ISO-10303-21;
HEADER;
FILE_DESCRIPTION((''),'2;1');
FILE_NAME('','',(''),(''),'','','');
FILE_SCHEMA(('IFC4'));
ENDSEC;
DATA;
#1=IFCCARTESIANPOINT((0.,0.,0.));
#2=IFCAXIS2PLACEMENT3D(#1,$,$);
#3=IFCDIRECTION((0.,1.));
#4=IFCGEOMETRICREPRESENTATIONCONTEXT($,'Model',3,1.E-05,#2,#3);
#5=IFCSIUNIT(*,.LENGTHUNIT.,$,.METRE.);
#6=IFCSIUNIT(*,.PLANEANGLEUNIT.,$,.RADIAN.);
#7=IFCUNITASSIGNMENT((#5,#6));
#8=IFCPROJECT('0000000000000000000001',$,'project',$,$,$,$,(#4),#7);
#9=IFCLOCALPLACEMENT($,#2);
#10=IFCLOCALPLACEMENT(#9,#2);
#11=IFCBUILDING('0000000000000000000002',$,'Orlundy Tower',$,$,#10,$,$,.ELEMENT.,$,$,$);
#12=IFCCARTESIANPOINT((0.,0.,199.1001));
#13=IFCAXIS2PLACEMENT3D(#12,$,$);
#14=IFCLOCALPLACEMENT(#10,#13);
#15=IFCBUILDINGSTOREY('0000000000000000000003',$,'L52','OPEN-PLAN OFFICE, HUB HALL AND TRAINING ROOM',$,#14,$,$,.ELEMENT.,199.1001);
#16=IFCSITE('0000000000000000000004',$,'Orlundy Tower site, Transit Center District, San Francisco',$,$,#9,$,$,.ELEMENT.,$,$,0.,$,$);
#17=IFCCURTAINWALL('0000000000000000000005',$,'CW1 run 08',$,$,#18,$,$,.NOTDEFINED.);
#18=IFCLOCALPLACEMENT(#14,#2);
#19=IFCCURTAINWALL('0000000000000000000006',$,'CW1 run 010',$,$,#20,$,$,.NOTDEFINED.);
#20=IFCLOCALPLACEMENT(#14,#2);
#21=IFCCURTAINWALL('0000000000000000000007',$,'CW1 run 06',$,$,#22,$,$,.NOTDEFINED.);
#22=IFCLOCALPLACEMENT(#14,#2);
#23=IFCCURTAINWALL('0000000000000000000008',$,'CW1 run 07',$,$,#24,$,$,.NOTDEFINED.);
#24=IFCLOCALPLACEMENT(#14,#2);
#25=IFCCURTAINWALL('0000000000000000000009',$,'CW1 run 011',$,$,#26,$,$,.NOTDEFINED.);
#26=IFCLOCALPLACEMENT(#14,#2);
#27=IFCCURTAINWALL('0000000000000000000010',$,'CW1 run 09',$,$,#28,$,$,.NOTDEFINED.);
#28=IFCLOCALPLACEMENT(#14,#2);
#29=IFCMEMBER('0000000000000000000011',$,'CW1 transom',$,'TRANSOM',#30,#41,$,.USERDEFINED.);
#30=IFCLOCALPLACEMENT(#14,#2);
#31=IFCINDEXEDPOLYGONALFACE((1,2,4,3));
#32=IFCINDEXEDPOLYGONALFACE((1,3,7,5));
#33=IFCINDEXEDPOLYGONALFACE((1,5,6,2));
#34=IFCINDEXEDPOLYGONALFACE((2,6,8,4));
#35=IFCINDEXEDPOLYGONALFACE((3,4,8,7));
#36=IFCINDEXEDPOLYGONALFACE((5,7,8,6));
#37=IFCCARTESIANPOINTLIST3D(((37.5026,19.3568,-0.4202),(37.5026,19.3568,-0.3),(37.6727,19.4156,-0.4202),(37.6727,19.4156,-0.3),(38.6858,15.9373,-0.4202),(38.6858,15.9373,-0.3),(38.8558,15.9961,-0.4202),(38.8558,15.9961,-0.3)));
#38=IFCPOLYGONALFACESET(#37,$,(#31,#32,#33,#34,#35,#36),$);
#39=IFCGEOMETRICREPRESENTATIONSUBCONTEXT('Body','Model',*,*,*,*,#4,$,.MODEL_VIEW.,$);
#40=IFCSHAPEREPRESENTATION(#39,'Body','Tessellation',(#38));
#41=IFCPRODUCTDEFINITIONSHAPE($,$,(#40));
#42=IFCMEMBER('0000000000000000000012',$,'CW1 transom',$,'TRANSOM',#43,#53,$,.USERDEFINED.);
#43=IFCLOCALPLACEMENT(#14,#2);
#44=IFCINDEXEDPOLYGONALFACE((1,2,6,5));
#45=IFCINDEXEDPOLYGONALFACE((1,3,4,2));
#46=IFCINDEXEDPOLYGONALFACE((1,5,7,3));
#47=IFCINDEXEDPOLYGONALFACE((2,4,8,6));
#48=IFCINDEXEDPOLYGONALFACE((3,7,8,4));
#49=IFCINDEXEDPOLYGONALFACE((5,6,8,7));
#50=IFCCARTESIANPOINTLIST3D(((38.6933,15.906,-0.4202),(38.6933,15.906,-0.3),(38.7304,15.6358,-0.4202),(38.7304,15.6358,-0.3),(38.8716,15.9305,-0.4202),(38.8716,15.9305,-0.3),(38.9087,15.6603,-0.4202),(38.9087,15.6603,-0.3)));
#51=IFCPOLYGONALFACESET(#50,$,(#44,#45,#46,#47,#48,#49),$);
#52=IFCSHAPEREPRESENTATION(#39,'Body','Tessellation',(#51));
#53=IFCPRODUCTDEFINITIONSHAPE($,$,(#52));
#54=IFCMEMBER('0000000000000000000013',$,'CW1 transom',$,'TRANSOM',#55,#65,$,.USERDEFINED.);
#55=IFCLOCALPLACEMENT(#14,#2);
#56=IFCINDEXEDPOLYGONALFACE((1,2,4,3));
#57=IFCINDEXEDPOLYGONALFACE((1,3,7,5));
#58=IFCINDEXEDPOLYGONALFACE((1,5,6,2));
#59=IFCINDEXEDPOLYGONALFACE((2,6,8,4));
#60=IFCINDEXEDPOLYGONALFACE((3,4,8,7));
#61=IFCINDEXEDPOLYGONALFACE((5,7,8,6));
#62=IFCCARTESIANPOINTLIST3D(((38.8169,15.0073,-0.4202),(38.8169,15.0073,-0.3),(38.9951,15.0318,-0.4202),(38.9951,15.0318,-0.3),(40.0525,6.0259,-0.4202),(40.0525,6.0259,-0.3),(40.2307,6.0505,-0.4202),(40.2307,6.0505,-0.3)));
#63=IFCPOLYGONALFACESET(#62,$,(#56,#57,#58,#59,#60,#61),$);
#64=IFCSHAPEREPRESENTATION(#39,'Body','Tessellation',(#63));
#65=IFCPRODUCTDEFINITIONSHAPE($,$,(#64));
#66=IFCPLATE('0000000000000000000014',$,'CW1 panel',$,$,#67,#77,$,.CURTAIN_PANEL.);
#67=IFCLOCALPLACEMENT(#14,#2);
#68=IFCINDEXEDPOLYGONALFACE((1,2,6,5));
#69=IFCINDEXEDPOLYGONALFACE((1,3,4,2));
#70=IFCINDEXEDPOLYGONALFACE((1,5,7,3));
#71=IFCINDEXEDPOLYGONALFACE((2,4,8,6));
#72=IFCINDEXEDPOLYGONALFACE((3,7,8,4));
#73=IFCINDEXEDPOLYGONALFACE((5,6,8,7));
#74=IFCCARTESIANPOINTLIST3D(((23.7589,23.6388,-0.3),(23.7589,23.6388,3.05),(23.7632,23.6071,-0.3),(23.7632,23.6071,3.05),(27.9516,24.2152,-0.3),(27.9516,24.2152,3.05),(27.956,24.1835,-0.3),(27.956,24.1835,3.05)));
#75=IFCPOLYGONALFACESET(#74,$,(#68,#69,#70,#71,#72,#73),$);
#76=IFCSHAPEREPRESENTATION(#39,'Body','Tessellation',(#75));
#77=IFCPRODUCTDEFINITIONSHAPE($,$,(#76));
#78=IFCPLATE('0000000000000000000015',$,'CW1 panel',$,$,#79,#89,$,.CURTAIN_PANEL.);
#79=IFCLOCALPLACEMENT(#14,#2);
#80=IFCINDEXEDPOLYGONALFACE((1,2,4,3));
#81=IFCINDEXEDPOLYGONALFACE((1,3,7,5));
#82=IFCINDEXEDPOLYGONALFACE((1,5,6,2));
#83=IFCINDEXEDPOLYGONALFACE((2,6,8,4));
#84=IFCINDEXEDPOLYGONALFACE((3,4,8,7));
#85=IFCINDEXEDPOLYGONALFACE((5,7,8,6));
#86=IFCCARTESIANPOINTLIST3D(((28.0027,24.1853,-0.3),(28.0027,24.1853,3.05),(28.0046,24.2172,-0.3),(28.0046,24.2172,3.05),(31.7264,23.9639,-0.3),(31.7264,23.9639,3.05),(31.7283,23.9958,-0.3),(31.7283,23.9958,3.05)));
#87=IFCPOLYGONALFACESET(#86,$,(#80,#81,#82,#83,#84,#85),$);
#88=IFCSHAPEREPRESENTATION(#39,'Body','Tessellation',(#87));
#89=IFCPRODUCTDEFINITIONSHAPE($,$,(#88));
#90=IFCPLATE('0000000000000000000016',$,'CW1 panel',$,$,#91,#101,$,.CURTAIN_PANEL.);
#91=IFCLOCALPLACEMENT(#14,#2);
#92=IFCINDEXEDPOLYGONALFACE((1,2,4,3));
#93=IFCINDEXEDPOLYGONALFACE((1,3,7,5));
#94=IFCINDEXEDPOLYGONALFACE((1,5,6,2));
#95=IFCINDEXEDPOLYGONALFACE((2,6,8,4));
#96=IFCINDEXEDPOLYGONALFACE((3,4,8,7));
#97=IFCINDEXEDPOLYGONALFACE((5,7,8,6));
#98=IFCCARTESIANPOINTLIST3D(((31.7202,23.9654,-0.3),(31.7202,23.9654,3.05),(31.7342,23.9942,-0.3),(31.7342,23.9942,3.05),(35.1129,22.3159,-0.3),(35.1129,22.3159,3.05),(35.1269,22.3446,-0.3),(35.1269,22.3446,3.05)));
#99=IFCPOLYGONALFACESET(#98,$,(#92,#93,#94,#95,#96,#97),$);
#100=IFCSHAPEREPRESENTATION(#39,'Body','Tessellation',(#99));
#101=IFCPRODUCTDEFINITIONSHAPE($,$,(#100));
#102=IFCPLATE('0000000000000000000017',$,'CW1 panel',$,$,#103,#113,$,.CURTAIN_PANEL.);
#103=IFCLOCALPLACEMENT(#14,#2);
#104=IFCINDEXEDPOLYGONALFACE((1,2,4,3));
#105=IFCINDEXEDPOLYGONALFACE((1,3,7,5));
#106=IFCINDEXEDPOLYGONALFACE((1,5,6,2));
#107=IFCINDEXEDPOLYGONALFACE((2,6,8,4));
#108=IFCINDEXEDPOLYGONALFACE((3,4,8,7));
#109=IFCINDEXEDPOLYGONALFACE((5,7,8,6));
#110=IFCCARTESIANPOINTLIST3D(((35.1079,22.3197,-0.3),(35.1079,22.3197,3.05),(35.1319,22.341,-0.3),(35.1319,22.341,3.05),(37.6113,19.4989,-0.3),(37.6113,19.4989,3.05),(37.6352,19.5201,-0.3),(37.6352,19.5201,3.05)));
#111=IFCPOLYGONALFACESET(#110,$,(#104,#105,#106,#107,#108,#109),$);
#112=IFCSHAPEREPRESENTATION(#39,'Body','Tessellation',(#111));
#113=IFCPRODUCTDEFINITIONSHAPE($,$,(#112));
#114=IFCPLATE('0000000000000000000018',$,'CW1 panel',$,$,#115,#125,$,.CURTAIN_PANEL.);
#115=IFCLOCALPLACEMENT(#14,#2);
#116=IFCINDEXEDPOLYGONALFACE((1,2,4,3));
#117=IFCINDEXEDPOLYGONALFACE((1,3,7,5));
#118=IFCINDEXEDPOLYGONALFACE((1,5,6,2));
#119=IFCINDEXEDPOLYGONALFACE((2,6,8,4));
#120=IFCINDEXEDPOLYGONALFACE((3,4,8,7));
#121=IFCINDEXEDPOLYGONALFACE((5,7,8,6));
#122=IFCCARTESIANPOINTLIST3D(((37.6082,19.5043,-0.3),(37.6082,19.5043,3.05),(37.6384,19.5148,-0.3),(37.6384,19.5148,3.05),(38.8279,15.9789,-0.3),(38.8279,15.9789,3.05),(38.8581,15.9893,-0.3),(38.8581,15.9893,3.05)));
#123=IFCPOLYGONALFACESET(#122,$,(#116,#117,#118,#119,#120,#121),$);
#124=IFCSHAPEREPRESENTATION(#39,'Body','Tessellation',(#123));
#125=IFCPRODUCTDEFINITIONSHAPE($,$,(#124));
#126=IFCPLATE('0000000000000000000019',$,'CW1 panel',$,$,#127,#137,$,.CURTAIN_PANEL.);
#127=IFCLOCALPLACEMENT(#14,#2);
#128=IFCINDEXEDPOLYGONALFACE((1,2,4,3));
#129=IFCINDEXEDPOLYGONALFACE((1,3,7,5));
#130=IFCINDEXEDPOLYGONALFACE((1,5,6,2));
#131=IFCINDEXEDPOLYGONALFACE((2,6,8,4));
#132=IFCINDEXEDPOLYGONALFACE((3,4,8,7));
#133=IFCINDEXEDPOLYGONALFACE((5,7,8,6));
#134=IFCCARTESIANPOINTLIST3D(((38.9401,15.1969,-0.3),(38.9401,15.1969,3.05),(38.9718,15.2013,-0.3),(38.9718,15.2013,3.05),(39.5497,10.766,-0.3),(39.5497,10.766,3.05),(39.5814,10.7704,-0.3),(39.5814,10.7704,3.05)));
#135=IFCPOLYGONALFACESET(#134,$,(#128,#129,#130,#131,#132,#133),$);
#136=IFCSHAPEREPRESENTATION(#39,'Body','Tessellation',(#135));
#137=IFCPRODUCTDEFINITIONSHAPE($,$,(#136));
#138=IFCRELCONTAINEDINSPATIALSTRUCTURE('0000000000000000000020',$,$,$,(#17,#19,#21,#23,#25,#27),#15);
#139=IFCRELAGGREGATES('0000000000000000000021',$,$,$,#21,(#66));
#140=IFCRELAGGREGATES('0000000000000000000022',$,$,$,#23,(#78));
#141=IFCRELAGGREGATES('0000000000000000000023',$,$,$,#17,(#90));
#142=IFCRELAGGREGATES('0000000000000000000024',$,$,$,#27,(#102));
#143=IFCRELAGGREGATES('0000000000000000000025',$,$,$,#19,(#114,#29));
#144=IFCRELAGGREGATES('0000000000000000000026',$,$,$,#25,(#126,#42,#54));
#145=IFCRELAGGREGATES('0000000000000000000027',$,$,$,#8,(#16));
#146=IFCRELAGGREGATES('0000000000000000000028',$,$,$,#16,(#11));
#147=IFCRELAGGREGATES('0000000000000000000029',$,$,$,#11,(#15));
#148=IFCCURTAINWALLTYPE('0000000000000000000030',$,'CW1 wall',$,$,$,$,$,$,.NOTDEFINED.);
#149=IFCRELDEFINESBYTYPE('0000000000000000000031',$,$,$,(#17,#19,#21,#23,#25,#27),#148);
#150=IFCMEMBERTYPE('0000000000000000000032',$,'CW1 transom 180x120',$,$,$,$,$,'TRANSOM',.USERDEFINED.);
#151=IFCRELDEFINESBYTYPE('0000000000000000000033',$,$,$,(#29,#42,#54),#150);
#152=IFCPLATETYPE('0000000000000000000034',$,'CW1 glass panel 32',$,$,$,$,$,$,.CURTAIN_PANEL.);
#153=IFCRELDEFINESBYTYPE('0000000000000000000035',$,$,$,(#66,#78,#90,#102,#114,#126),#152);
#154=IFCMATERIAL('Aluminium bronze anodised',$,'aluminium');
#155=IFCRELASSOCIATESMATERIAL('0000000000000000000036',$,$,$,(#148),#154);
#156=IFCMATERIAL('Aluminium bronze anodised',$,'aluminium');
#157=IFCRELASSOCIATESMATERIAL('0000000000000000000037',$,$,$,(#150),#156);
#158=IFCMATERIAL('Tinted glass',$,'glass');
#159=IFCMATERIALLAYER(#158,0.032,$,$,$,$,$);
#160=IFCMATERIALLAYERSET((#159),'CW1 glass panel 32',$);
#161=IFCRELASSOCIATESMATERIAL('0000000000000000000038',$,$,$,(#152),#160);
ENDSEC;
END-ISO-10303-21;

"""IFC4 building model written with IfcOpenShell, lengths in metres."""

from ifc_helpers import new_model, si_unit, direction, frame, origin, origin_2d, place, context, subcontext, project, spatial, rectangle, extrude, material, layer, layer_set, material_profile, profile_set, type_object, element, aggregate, save


model = new_model("IFC4")

# Units and contexts
model_context = context("Model", 3, precision=1e-05, world=origin(), true_north=direction((0.0, 1.0)))
body_context = subcontext(model_context, "Body", "Model", "MODEL_VIEW")
ifc_project = project(units=[si_unit("LENGTHUNIT", "METRE"), si_unit("PLANEANGLEUNIT", "RADIAN")], contexts=[model_context])

# Site, building, storey
site_placement = place(None, origin())
site = spatial("IfcSite", under=ifc_project, at=site_placement, Name="Orlundy Tower site, Transit Center District, San Francisco", CompositionType="ELEMENT", RefElevation=0.0)
building_placement = place(site_placement, origin())
building = spatial("IfcBuilding", under=site, at=building_placement, Name="Orlundy Tower", CompositionType="ELEMENT")
storey_placement = place(building_placement, frame((0.0, 0.0, 199.1001)))
storey = spatial("IfcBuildingStorey", under=building, at=storey_placement, Name="L52", Description="OPEN-PLAN OFFICE, HUB HALL AND TRAINING ROOM", CompositionType="ELEMENT", Elevation=199.1001)

# Curtain walls
ifc_material_1 = material(Name="Aluminium bronze anodised", Category="aluminium")
curtain_wall_type = type_object("IfcCurtainWallType", Name="CW1 wall", PredefinedType="NOTDEFINED", material=ifc_material_1)
curtain_wall_1_placement = place(storey_placement, origin())
curtain_wall_1 = element("IfcCurtainWall", 1, at=curtain_wall_1_placement, inside=storey, type_object=curtain_wall_type, Name="CW1 run 08", PredefinedType="NOTDEFINED")
curtain_wall_2_placement = place(storey_placement, origin())
curtain_wall_2 = element("IfcCurtainWall", 2, at=curtain_wall_2_placement, inside=storey, type_object=curtain_wall_type, Name="CW1 run 010", PredefinedType="NOTDEFINED")
curtain_wall_3_placement = place(storey_placement, origin())
curtain_wall_3 = element("IfcCurtainWall", 3, at=curtain_wall_3_placement, inside=storey, type_object=curtain_wall_type, Name="CW1 run 06", PredefinedType="NOTDEFINED")
curtain_wall_4_placement = place(storey_placement, origin())
curtain_wall_4 = element("IfcCurtainWall", 4, at=curtain_wall_4_placement, inside=storey, type_object=curtain_wall_type, Name="CW1 run 07", PredefinedType="NOTDEFINED")

# Curtain wall
curtain_wall_5_placement = place(storey_placement, origin())
curtain_wall_5 = element("IfcCurtainWall", 5, at=curtain_wall_5_placement, inside=storey, type_object=curtain_wall_type, Name="CW1 run 011", PredefinedType="NOTDEFINED")

# Shared definitions
ifc_material_2 = material(Name="Aluminium bronze anodised", Category="aluminium")
ifc_material_profile_1 = material_profile(ifc_material_2, rectangle(XDim=0.1799, YDim=0.1201, at=origin_2d()), Name="CW1 transom 180x120")
ifc_profile_set_1 = profile_set([ifc_material_profile_1], Name="Aluminium bronze anodised")
member_type_1 = type_object("IfcMemberType", Name="CW1 transom 180x120", ElementType="TRANSOM", PredefinedType="USERDEFINED", material=ifc_profile_set_1)

# Curtain wall
curtain_wall_6_placement = place(storey_placement, origin())
curtain_wall_6 = element("IfcCurtainWall", 6, at=curtain_wall_6_placement, inside=storey, type_object=curtain_wall_type, Name="CW1 run 09", PredefinedType="NOTDEFINED")

# Members
member_1_placement = place(storey_placement, frame((37.5876, 19.3862, -0.3601), z_axis=(0.326976, -0.945033, 0.0), x_axis=(0.945033, 0.326976, 0.0)))
member_1 = element("IfcMember", 7, at=member_1_placement, type_object=member_type_1, Name="CW1 transom", ObjectType="TRANSOM", PredefinedType="USERDEFINED", context=body_context, shape_type="SweptSolid", body=[
    extrude(rectangle(XDim=0.1799, YDim=0.1201, at=origin_2d()), origin(), (0.0, 0.0, 1.0), 3.6184),
])
member_2_placement = place(storey_placement, frame((38.7825, 15.9182, -0.3601), z_axis=(0.136032, -0.990704, 0.0), x_axis=(0.990704, 0.136032, 0.0)))
member_2 = element("IfcMember", 8, at=member_2_placement, type_object=member_type_1, Name="CW1 transom", ObjectType="TRANSOM", PredefinedType="USERDEFINED", context=body_context, shape_type="SweptSolid", body=[
    extrude(rectangle(XDim=0.1799, YDim=0.1201, at=origin_2d()), origin(), (0.0, 0.0, 1.0), 0.2727),
])
member_3_placement = place(storey_placement, frame((38.906, 15.0195, -0.3601), z_axis=(0.136288, -0.990669, 0.0), x_axis=(0.990669, 0.136288, 0.0)))
member_3 = element("IfcMember", 9, at=member_3_placement, type_object=member_type_1, Name="CW1 transom", ObjectType="TRANSOM", PredefinedType="USERDEFINED", context=body_context, shape_type="SweptSolid", body=[
    extrude(rectangle(XDim=0.1799, YDim=0.1201, at=origin_2d()), origin(), (0.0, 0.0, 1.0), 9.0659),
])

# Plates
ifc_material_3 = material(Name="Tinted glass", Category="glass")
ifc_layer_1 = layer(ifc_material_3, 0.032)
ifc_layer_set_1 = layer_set([ifc_layer_1], Name="CW1 glass panel 32")
plate_type = type_object("IfcPlateType", Name="CW1 glass panel 32", PredefinedType="CURTAIN_PANEL", material=ifc_layer_set_1)
plate_1_placement = place(storey_placement, frame((25.8574, 23.9111, -0.3), z_axis=(0.0, 0.0, 1.0), x_axis=(0.990683, 0.136185, 0.0)))
plate_1 = element("IfcPlate", 10, at=plate_1_placement, type_object=plate_type, Name="CW1 panel", PredefinedType="CURTAIN_PANEL", context=body_context, shape_type="SweptSolid", body=[
    extrude(rectangle(XDim=4.2322, YDim=0.032, at=origin_2d()), origin(), (0.0, 0.0, 1.0), 3.3501),
])
aggregate(curtain_wall_3, [plate_1])
plate_2_placement = place(storey_placement, frame((29.8655, 24.0906, -0.3), z_axis=(0.0, 0.0, 1.0), x_axis=(0.998237, -0.059355, 0.0)))
plate_2 = element("IfcPlate", 11, at=plate_2_placement, type_object=plate_type, Name="CW1 panel", PredefinedType="CURTAIN_PANEL", context=body_context, shape_type="SweptSolid", body=[
    extrude(rectangle(XDim=3.7302, YDim=0.032, at=origin_2d()), origin(), (0.0, 0.0, 1.0), 3.3501),
])
aggregate(curtain_wall_4, [plate_2])
plate_3_placement = place(storey_placement, frame((33.4236, 23.155, -0.3), z_axis=(0.0, 0.0, 1.0), x_axis=(0.899335, -0.437259, 0.0)))
plate_3 = element("IfcPlate", 12, at=plate_3_placement, type_object=plate_type, Name="CW1 panel", PredefinedType="CURTAIN_PANEL", context=body_context, shape_type="SweptSolid", body=[
    extrude(rectangle(XDim=3.7725, YDim=0.032, at=origin_2d()), origin(), (0.0, 0.0, 1.0), 3.3501),
])
aggregate(curtain_wall_1, [plate_3])
plate_4_placement = place(storey_placement, frame((36.3716, 20.9199, -0.3), z_axis=(0.0, 0.0, 1.0), x_axis=(0.663761, -0.747945, 0.0)))
plate_4 = element("IfcPlate", 13, at=plate_4_placement, type_object=plate_type, Name="CW1 panel", PredefinedType="CURTAIN_PANEL", context=body_context, shape_type="SweptSolid", body=[
    extrude(rectangle(XDim=3.7715, YDim=0.032, at=origin_2d()), origin(), (0.0, 0.0, 1.0), 3.3501),
])
aggregate(curtain_wall_6, [plate_4])
plate_5_placement = place(storey_placement, frame((38.2332, 17.7468, -0.3), z_axis=(0.0, 0.0, 1.0), x_axis=(0.326972, -0.945034, 0.0)))
plate_5 = element("IfcPlate", 14, at=plate_5_placement, type_object=plate_type, Name="CW1 panel", PredefinedType="CURTAIN_PANEL", context=body_context, shape_type="SweptSolid", body=[
    extrude(rectangle(XDim=3.7305, YDim=0.032, at=origin_2d()), origin(), (0.0, 0.0, 1.0), 3.3501),
])
aggregate(curtain_wall_2, [plate_5, member_1])
plate_6_placement = place(storey_placement, frame((39.2607, 12.9836, -0.3), z_axis=(0.0, 0.0, 1.0), x_axis=(0.136286, -0.99067, 0.0)))
plate_6 = element("IfcPlate", 15, at=plate_6_placement, type_object=plate_type, Name="CW1 panel", PredefinedType="CURTAIN_PANEL", context=body_context, shape_type="SweptSolid", body=[
    extrude(rectangle(XDim=4.4727, YDim=0.032, at=origin_2d()), origin(), (0.0, 0.0, 1.0), 3.3501),
])
aggregate(curtain_wall_5, [plate_6, member_2, member_3])

save(model, "model.ifc")
